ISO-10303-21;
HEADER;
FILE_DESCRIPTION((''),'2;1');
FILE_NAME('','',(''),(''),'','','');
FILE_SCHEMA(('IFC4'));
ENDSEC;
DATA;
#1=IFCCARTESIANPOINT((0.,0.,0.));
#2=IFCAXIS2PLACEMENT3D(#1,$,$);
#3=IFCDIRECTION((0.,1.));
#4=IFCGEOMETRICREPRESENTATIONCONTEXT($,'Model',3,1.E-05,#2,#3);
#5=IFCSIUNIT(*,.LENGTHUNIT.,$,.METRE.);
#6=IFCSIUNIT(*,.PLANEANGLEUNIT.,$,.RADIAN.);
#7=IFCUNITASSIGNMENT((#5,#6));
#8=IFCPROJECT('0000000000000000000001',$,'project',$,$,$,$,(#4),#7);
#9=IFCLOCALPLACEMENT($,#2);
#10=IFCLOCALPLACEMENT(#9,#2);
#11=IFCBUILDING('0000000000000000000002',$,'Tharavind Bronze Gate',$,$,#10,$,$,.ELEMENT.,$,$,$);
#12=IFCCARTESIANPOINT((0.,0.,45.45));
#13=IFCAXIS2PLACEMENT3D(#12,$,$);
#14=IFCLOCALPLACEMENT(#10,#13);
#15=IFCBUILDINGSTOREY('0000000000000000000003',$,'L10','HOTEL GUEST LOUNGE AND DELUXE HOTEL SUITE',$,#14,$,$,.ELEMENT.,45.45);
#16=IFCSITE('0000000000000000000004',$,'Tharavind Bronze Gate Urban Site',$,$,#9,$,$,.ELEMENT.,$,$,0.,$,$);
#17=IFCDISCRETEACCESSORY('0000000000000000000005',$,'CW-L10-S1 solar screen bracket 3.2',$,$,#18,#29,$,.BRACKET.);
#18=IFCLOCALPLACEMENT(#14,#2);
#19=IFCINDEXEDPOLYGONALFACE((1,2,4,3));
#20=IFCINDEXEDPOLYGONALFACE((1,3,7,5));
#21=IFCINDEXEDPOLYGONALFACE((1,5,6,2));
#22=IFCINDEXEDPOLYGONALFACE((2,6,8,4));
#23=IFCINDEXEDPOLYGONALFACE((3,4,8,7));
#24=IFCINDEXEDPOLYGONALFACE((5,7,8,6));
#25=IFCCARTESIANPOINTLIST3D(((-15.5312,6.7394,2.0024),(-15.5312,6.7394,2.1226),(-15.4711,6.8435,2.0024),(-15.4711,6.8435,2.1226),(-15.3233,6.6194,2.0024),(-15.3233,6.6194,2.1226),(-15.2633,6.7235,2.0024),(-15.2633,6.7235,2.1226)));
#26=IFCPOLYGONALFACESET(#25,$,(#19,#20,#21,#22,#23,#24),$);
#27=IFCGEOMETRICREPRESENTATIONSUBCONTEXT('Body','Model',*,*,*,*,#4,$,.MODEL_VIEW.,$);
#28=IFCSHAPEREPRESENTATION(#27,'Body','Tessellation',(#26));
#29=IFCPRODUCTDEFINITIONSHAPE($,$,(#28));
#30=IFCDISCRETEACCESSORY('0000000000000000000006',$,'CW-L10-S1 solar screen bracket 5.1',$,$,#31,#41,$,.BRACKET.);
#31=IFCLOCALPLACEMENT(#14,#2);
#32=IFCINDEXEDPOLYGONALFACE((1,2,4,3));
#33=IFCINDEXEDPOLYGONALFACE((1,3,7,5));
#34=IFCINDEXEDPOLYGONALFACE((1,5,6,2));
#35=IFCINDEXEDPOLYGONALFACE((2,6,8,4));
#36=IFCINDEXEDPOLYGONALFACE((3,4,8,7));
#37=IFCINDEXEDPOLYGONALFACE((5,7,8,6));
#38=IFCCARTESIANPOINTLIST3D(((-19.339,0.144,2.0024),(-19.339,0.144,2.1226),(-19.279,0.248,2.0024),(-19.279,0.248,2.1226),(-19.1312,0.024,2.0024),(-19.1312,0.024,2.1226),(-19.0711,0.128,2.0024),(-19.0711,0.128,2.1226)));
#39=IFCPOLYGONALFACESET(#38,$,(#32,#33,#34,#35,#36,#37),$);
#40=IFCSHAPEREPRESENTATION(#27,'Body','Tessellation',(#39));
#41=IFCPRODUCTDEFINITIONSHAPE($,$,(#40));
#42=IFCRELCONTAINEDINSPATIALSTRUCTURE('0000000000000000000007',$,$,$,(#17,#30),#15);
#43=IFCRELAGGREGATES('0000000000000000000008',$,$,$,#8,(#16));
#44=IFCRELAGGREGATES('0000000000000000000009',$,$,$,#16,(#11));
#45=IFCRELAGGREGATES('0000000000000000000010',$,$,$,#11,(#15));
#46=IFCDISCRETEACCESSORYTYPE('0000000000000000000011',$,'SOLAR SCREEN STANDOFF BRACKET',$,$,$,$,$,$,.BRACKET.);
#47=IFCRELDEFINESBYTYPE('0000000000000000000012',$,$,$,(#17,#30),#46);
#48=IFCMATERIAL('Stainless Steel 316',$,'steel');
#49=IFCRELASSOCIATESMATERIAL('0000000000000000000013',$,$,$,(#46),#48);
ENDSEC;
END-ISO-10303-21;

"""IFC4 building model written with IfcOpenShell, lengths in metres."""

from ifc_helpers import new_model, si_unit, direction, frame, origin, origin_2d, place, context, subcontext, project, spatial, rectangle, extrude, material, type_object, element, save


model = new_model("IFC4")

# Units and contexts
model_context = context("Model", 3, precision=1e-05, world=origin(), true_north=direction((0.0, 1.0)))
body_context = subcontext(model_context, "Body", "Model", "MODEL_VIEW")
ifc_project = project(units=[si_unit("LENGTHUNIT", "METRE"), si_unit("PLANEANGLEUNIT", "RADIAN")], contexts=[model_context])

# Site, building, storey
site_placement = place(None, origin())
site = spatial("IfcSite", under=ifc_project, at=site_placement, Name="Tharavind Bronze Gate Urban Site", CompositionType="ELEMENT", RefElevation=0.0)
building_placement = place(site_placement, origin())
building = spatial("IfcBuilding", under=site, at=building_placement, Name="Tharavind Bronze Gate", CompositionType="ELEMENT")
storey_placement = place(building_placement, frame((0.0, 0.0, 45.45)))
storey = spatial("IfcBuildingStorey", under=building, at=storey_placement, Name="L10", Description="HOTEL GUEST LOUNGE AND DELUXE HOTEL SUITE", CompositionType="ELEMENT", Elevation=45.45)

# Discrete accessories
ifc_material_1 = material(Name="Stainless Steel 316", Category="steel")
discrete_accessory_type = type_object("IfcDiscreteAccessoryType", Name="SOLAR SCREEN STANDOFF BRACKET", PredefinedType="BRACKET", material=ifc_material_1)
for number, where, z_axis, x_axis, name in (
    (1, (-15.3972, 6.7314, 2.0024), (0.0, 0.0, 1.0), (-0.500002, -0.866025, 0.0), "CW-L10-S1 solar screen bracket 3.2"),
    (2, (-19.2051, 0.136, 2.0024), (0.0, 0.0, 1.0), (-0.500002, -0.866025, 0.0), "CW-L10-S1 solar screen bracket 5.1"),
):
    element("IfcDiscreteAccessory", number, at=place(storey_placement, frame(where, z_axis=z_axis, x_axis=x_axis)), inside=storey, type_object=discrete_accessory_type, Name=name, PredefinedType="BRACKET", context=body_context, shape_type="SweptSolid", body=[
        extrude(rectangle(XDim=0.1201, YDim=0.24, at=origin_2d()), origin(), (0.0, 0.0, 1.0), 0.1201),
    ])

save(model, "model.ifc")
